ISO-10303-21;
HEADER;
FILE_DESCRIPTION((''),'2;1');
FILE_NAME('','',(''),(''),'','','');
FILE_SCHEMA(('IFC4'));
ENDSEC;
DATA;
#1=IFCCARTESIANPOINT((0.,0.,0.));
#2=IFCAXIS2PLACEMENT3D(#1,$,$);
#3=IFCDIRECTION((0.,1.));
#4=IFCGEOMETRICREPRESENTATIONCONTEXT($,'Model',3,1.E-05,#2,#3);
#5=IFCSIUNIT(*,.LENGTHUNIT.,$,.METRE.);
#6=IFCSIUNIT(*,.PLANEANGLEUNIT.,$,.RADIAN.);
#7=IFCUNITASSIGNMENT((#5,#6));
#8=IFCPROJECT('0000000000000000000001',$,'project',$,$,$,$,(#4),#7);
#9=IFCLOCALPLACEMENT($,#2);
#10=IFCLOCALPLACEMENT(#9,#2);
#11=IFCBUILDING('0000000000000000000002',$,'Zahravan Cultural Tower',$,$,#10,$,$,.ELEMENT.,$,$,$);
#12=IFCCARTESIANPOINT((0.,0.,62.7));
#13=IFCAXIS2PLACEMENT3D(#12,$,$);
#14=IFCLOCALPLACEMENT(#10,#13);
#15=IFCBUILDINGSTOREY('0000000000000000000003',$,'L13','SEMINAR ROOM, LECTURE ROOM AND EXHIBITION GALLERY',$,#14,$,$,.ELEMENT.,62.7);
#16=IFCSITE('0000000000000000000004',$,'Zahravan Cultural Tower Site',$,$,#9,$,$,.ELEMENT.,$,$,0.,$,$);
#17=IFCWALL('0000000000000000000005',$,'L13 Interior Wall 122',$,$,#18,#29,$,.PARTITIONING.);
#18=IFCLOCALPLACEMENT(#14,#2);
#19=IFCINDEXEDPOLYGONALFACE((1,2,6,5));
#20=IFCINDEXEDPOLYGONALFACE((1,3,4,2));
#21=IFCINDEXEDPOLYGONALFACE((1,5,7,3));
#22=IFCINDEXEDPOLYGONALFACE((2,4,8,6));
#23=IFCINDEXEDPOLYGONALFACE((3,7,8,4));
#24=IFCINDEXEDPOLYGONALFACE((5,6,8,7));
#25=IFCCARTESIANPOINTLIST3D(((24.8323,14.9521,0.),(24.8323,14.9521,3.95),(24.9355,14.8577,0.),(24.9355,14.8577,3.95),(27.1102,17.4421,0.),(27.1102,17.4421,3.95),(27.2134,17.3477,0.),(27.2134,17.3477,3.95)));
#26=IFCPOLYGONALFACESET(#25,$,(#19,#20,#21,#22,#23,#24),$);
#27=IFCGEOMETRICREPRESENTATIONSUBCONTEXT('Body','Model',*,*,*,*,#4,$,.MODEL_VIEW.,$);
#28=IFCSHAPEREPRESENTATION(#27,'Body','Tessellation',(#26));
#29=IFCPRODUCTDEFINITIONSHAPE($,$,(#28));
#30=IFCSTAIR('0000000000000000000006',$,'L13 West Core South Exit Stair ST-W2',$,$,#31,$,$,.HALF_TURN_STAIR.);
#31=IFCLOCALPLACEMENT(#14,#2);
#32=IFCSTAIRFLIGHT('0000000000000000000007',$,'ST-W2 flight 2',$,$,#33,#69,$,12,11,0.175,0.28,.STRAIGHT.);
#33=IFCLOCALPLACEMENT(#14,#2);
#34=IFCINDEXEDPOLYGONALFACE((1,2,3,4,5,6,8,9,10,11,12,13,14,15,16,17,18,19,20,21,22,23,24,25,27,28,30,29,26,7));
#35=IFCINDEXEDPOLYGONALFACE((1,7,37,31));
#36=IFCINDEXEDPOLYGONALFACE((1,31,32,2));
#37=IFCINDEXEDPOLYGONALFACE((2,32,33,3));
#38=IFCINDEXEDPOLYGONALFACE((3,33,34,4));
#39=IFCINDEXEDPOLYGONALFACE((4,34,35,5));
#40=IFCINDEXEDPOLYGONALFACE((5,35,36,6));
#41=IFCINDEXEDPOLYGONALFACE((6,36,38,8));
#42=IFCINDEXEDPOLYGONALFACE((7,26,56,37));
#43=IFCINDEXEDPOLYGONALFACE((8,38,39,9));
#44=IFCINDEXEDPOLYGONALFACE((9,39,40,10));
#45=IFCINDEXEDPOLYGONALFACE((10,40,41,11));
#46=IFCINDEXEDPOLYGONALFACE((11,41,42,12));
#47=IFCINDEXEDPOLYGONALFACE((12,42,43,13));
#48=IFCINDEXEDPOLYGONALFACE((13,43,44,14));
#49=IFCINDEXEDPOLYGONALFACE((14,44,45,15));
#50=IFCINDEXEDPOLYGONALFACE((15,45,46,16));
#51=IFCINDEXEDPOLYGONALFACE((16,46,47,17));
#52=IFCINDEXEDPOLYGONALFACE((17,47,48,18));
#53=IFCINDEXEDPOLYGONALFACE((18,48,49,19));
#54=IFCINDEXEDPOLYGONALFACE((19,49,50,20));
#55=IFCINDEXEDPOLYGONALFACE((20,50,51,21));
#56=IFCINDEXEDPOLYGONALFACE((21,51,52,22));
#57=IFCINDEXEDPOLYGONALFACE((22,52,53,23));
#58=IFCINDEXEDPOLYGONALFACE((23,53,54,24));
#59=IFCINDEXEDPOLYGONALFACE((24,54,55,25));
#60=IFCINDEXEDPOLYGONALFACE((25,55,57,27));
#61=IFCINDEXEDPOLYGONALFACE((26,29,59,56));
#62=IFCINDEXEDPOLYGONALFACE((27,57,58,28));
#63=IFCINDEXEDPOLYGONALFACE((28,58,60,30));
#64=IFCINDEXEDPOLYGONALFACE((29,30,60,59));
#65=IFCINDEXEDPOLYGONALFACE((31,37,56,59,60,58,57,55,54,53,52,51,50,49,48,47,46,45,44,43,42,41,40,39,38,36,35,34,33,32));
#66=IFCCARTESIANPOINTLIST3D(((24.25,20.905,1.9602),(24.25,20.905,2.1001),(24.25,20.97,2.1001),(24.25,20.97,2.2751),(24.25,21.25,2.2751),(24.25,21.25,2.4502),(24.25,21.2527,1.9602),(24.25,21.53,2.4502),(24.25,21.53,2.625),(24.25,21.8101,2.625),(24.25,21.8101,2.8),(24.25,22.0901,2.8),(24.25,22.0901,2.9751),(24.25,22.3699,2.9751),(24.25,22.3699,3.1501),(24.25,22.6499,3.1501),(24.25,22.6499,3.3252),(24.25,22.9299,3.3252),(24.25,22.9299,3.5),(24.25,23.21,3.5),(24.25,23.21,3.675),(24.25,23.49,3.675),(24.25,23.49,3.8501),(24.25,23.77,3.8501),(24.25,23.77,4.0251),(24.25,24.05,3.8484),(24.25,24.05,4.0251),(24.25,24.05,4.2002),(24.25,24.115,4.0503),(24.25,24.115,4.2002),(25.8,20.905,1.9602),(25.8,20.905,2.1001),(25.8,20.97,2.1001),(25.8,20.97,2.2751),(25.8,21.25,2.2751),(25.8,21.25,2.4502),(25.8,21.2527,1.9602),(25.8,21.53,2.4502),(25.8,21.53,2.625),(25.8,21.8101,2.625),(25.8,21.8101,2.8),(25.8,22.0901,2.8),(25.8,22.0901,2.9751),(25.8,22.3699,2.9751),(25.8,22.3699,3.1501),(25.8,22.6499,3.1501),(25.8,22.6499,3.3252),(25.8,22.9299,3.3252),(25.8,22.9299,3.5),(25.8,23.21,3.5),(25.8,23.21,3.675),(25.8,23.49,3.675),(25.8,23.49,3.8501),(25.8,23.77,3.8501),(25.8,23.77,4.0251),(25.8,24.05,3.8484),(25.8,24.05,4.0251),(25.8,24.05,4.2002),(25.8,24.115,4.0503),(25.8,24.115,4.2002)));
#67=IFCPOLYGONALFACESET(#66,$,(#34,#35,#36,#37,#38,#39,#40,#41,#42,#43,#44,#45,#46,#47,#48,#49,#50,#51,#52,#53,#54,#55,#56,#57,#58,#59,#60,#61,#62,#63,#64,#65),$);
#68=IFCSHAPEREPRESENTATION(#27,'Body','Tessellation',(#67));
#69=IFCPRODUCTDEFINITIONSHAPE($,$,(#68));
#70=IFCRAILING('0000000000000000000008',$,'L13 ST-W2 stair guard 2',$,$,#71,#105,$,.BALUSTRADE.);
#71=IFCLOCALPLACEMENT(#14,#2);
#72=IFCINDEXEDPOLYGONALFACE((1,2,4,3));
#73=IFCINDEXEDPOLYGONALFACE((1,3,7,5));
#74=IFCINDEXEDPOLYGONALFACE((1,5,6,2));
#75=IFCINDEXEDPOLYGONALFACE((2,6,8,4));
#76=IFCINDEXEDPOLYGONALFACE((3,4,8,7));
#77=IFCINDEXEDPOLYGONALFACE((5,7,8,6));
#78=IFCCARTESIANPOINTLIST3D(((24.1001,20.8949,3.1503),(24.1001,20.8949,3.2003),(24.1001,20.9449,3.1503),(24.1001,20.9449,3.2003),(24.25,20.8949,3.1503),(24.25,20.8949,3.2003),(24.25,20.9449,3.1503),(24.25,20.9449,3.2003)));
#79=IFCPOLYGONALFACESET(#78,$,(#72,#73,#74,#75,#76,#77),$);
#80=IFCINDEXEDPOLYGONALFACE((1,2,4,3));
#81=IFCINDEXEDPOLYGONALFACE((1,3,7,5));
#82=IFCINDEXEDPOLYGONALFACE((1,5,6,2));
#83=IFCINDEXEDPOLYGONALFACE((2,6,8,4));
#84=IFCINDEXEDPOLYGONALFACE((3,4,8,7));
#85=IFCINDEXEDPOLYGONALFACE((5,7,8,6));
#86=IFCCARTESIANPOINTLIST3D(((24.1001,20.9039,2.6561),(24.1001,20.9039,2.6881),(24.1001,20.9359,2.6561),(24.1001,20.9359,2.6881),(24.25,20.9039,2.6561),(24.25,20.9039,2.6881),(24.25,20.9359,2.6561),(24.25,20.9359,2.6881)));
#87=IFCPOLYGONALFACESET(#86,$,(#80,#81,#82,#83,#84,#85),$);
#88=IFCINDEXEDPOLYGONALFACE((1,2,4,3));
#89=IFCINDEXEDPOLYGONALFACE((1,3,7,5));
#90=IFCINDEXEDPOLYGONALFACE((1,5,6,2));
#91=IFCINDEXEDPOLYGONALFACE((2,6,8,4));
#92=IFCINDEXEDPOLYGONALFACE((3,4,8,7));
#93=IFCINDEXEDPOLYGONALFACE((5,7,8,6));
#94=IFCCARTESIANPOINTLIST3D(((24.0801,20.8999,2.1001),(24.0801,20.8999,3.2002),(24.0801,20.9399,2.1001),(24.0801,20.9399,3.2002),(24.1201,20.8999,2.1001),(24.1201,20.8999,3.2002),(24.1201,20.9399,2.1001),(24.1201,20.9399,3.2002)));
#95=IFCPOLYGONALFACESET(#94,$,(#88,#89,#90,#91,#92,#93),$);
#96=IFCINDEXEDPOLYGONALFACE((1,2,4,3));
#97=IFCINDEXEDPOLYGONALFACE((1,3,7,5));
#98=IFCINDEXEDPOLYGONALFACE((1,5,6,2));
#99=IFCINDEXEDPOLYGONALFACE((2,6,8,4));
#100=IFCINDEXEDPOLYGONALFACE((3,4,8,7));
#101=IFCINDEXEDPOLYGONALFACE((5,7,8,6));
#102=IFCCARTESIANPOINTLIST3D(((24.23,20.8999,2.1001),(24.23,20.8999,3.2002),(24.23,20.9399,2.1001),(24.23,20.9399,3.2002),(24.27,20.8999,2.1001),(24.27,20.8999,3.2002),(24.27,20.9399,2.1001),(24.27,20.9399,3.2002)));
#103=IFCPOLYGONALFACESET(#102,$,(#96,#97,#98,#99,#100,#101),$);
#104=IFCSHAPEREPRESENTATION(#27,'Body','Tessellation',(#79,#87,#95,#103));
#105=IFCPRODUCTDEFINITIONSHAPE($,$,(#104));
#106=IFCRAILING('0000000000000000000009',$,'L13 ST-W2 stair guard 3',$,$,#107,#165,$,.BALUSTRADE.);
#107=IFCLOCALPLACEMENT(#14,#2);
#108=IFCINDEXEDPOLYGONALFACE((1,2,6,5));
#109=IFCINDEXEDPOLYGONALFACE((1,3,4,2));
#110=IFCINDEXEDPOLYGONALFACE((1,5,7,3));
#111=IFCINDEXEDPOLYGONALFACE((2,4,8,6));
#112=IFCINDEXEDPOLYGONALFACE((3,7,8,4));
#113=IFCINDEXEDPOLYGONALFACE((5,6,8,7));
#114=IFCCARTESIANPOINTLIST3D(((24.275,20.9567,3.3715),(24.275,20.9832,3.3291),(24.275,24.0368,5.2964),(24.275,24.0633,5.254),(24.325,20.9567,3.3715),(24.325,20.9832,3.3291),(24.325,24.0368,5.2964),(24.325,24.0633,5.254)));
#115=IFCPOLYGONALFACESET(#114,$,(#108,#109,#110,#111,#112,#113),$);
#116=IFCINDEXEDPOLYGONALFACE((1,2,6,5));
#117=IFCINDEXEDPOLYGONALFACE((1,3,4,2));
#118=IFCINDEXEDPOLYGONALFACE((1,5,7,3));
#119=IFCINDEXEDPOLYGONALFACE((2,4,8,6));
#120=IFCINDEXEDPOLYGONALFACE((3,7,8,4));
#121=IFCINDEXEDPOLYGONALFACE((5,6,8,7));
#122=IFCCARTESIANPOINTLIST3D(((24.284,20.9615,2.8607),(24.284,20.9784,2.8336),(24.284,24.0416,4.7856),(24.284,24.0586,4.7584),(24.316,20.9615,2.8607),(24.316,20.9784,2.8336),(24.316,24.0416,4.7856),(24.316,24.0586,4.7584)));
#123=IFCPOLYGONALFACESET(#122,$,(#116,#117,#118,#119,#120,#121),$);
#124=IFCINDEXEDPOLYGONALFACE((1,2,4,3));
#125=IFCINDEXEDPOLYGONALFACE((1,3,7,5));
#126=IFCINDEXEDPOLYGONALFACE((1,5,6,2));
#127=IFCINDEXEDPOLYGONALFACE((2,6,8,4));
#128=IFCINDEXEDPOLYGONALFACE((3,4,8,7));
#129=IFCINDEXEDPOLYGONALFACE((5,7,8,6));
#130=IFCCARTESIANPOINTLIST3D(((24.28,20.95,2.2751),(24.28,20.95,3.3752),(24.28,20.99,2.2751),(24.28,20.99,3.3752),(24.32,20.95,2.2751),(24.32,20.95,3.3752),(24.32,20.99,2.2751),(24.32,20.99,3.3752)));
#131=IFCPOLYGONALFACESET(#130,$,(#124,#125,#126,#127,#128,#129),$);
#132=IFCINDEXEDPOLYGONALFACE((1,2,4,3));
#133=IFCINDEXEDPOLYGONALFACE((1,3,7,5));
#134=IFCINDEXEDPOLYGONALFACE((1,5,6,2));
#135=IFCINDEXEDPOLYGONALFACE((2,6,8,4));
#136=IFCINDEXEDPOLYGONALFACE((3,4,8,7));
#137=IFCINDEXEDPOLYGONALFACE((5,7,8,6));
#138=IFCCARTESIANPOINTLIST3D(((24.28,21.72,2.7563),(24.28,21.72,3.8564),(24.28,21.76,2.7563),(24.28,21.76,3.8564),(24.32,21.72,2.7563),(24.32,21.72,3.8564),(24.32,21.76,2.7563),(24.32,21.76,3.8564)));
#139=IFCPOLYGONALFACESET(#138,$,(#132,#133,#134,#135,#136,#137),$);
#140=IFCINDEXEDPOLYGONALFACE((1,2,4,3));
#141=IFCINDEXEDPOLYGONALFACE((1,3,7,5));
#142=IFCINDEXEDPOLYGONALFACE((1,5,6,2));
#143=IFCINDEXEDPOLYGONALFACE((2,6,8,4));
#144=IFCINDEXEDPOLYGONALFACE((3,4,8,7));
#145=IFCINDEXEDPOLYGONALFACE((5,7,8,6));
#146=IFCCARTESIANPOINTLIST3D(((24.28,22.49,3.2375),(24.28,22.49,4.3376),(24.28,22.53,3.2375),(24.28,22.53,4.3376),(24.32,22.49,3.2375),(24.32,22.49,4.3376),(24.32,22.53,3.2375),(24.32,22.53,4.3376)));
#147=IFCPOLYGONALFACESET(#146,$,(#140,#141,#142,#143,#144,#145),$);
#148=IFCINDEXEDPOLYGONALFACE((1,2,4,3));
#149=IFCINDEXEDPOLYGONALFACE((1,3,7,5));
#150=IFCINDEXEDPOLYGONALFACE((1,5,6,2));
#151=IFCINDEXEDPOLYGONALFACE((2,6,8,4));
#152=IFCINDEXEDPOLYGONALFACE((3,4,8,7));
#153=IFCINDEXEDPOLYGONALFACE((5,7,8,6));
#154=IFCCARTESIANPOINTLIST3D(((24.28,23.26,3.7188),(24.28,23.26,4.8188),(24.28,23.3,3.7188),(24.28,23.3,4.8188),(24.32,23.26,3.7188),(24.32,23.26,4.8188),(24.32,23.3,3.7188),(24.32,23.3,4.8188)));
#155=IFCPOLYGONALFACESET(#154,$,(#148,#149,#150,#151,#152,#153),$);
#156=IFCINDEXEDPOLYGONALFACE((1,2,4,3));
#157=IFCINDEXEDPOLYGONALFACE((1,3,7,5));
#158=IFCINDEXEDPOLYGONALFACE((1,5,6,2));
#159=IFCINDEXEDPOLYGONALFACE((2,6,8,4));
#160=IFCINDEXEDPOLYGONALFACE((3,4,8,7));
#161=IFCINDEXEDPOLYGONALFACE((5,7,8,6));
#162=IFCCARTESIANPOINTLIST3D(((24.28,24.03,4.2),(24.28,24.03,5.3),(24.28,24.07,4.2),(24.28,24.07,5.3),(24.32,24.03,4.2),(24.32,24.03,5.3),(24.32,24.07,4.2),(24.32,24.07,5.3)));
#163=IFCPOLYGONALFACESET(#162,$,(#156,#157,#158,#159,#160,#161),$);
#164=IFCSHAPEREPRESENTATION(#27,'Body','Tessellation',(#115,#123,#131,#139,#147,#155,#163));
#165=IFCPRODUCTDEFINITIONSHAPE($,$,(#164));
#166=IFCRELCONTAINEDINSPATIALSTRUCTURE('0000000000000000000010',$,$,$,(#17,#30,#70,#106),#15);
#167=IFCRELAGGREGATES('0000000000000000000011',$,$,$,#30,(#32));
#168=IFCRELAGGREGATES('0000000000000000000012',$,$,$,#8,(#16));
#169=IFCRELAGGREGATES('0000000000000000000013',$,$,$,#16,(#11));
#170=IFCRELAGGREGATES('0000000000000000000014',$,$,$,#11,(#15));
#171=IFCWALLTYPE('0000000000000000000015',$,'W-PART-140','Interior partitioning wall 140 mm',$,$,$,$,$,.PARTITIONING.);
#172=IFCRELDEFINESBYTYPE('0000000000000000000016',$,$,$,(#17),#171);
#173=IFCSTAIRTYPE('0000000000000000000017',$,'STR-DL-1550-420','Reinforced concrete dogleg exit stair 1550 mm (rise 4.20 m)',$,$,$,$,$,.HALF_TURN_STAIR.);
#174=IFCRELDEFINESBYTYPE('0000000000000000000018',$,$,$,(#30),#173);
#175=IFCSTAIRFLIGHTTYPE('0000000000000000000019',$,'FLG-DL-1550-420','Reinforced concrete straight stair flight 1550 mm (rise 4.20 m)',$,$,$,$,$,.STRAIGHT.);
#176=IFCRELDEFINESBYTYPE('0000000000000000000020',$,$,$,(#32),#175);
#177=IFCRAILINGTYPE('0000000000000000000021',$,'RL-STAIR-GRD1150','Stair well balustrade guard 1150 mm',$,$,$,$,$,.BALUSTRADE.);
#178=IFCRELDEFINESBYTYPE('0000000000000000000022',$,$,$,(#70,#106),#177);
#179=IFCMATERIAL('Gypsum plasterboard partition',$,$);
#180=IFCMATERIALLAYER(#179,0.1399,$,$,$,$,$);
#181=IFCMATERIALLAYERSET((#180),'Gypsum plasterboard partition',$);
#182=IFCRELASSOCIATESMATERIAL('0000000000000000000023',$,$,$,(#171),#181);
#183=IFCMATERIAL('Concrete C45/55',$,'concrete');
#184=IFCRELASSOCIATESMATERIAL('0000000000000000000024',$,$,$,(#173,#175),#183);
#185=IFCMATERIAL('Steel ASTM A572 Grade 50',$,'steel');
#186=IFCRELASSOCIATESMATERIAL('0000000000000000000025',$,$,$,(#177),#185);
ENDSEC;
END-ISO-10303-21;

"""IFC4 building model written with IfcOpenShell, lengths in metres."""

from ifc_helpers import new_model, si_unit, direction, frame, frame_2d, origin, origin_2d, place, context, subcontext, project, spatial, polyline, rectangle, outline, extrude, source, transform, mapped, material, layer, layer_set, type_object, element, aggregate, save


model = new_model("IFC4")

# Units and contexts
model_context = context("Model", 3, precision=1e-05, world=origin(), true_north=direction((0.0, 1.0)))
body_context = subcontext(model_context, "Body", "Model", "MODEL_VIEW")
ifc_project = project(units=[si_unit("LENGTHUNIT", "METRE"), si_unit("PLANEANGLEUNIT", "RADIAN")], contexts=[model_context])

# Site, building, storey
site_placement = place(None, origin())
site = spatial("IfcSite", under=ifc_project, at=site_placement, Name="Zahravan Cultural Tower Site", CompositionType="ELEMENT", RefElevation=0.0)
building_placement = place(site_placement, origin())
building = spatial("IfcBuilding", under=site, at=building_placement, Name="Zahravan Cultural Tower", CompositionType="ELEMENT")
storey_placement = place(building_placement, frame((0.0, 0.0, 62.7)))
storey = spatial("IfcBuildingStorey", under=building, at=storey_placement, Name="L13", Description="SEMINAR ROOM, LECTURE ROOM AND EXHIBITION GALLERY", CompositionType="ELEMENT", Elevation=62.7)

# Shared definitions
ifc_material_1 = material(Name="Steel ASTM A572 Grade 50", Category="steel")

# Shared definitions
ifc_material_2 = material(Name="Gypsum plasterboard partition")
ifc_layer_1 = layer(ifc_material_2, 0.1399)
ifc_layer_set_1 = layer_set([ifc_layer_1], Name="Gypsum plasterboard partition")
wall_type_1 = type_object("IfcWallType", Name="W-PART-140", Description="Interior partitioning wall 140 mm", PredefinedType="PARTITIONING", material=ifc_layer_set_1)
ifc_material_3 = material(Name="Concrete C45/55", Category="concrete")

# Wall
shared_shape_1 = source(origin(), body_context, "Body", "SweptSolid", [
    extrude(rectangle(XDim=3.3748, YDim=0.1399, at=frame_2d((1.6875, 0.0))), origin(), (0.0, 0.0, 1.0), 3.95),
])
wall_1_placement = place(storey_placement, frame((27.1619, 17.395, 0.0), z_axis=(0.0, 0.0, 1.0), x_axis=(-0.674974, -0.737841, 0.0)))
element("IfcWall", 1, at=wall_1_placement, inside=storey, type_object=wall_type_1, Name="L13 Interior Wall 122", PredefinedType="PARTITIONING", context=body_context, shape_type="MappedRepresentation", body=[
    mapped(shared_shape_1, transform((0.0, 0.0, 0.0), x_axis=(1.0, 0.0, 0.0), y_axis=(0.0, 1.0, 0.0), z_axis=(0.0, 0.0, 1.0), scale=1.0)),
])

# Stair, stair flight
stair_type = type_object("IfcStairType", Name="STR-DL-1550-420", Description="Reinforced concrete dogleg exit stair 1550 mm (rise 4.20 m)", PredefinedType="HALF_TURN_STAIR", material=ifc_material_3)
stair_placement = place(storey_placement, origin())
stair = element("IfcStair", 2, at=stair_placement, inside=storey, type_object=stair_type, Name="L13 West Core South Exit Stair ST-W2", PredefinedType="HALF_TURN_STAIR")
stair_flight_type = type_object("IfcStairFlightType", Name="FLG-DL-1550-420", Description="Reinforced concrete straight stair flight 1550 mm (rise 4.20 m)", PredefinedType="STRAIGHT", material=ifc_material_3)
stair_flight_placement = place(storey_placement, frame((25.0249, 20.97, 2.1001), z_axis=(0.0, 0.0, 1.0), x_axis=(0.0, 1.0, 0.0)))
stair_flight = element("IfcStairFlight", 3, at=stair_flight_placement, type_object=stair_flight_type, Name="ST-W2 flight 2", NumberOfRisers=12, NumberOfTreads=11, PredefinedType="STRAIGHT", RiserHeight=0.175, TreadLength=0.28, context=body_context, shape_type="SweptSolid", body=[
    extrude(outline(polyline([(-0.0649, -0.1399), (-0.0649, 0.0), (0.0, 0.0), (0.0, 0.175), (0.28, 0.175), (0.28, 0.3501), (0.5601, 0.3501), (0.5601, 0.5249), (0.8401, 0.5249), (0.8401, 0.7), (1.1201, 0.7), (1.1201, 0.875), (1.3999, 0.875), (1.3999, 1.05), (1.6799, 1.05), (1.6799, 1.2251), (1.96, 1.2251), (1.96, 1.3999), (2.24, 1.3999), (2.24, 1.575), (2.52, 1.575), (2.52, 1.75), (2.8, 1.75), (2.8, 1.925), (3.0801, 1.925), (3.0801, 2.1001), (3.145, 2.1001), (3.145, 1.9502), (3.0801, 1.7483), (0.2827, -0.1399), (-0.0649, -0.1399)])), frame((0.0, 0.7749, 0.0), z_axis=(0.0, -1.0, 0.0), x_axis=(1.0, 0.0, 0.0)), (0.0, 0.0, 1.0), 1.55),
])
aggregate(stair, [stair_flight])

# Railings
railing_type_1 = type_object("IfcRailingType", Name="RL-STAIR-GRD1150", Description="Stair well balustrade guard 1150 mm", PredefinedType="BALUSTRADE", material=ifc_material_1)
railing_1_placement = place(storey_placement, frame((24.1001, 20.9199, 2.1001)))
element("IfcRailing", 4, at=railing_1_placement, inside=storey, type_object=railing_type_1, Name="L13 ST-W2 stair guard 2", PredefinedType="BALUSTRADE", context=body_context, shape_type="SweptSolid", body=[
    extrude(rectangle(XDim=0.05, YDim=0.05, at=origin_2d()), frame((0.0, 0.0, 1.0752), z_axis=(1.0, 0.0, 0.0), x_axis=(0.0, 1.0, 0.0)), (0.0, 0.0, 1.0), 0.1499),
    extrude(rectangle(XDim=0.032, YDim=0.032, at=origin_2d()), frame((0.0, 0.0, 0.572), z_axis=(1.0, 0.0, 0.0), x_axis=(0.0, 1.0, 0.0)), (0.0, 0.0, 1.0), 0.1499),
    extrude(rectangle(XDim=0.04, YDim=0.04, at=origin_2d()), origin(), (0.0, 0.0, 1.0), 1.1001),
    extrude(rectangle(XDim=0.04, YDim=0.04, at=origin_2d()), frame((0.1499, 0.0, 0.0)), (0.0, 0.0, 1.0), 1.1001),
])
railing_2_placement = place(storey_placement, frame((24.3, 20.97, 2.2751)))
element("IfcRailing", 5, at=railing_2_placement, inside=storey, type_object=railing_type_1, Name="L13 ST-W2 stair guard 3", PredefinedType="BALUSTRADE", context=body_context, shape_type="SweptSolid", body=[
    extrude(rectangle(XDim=0.05, YDim=0.05, at=origin_2d()), frame((0.0, 0.0, 1.0752), z_axis=(0.0, 0.848029, 0.529951), x_axis=(-1.0, 0.0, 0.0)), (0.0, 0.0, 1.0), 3.6321),
    extrude(rectangle(XDim=0.032, YDim=0.032, at=origin_2d()), frame((0.0, 0.0, 0.572), z_axis=(0.0, 0.848029, 0.529951), x_axis=(-1.0, 0.0, 0.0)), (0.0, 0.0, 1.0), 3.6321),
    extrude(rectangle(XDim=0.04, YDim=0.04, at=origin_2d()), origin(), (0.0, 0.0, 1.0), 1.1001),
    extrude(rectangle(XDim=0.04, YDim=0.04, at=origin_2d()), frame((0.0, 0.77, 0.4812)), (0.0, 0.0, 1.0), 1.1001),
    extrude(rectangle(XDim=0.04, YDim=0.04, at=origin_2d()), frame((0.0, 1.54, 0.9624)), (0.0, 0.0, 1.0), 1.1001),
    extrude(rectangle(XDim=0.04, YDim=0.04, at=origin_2d()), frame((0.0, 2.3101, 1.4436)), (0.0, 0.0, 1.0), 1.1001),
    extrude(rectangle(XDim=0.04, YDim=0.04, at=origin_2d()), frame((0.0, 3.0801, 1.9248)), (0.0, 0.0, 1.0), 1.1001),
])

save(model, "model.ifc")
